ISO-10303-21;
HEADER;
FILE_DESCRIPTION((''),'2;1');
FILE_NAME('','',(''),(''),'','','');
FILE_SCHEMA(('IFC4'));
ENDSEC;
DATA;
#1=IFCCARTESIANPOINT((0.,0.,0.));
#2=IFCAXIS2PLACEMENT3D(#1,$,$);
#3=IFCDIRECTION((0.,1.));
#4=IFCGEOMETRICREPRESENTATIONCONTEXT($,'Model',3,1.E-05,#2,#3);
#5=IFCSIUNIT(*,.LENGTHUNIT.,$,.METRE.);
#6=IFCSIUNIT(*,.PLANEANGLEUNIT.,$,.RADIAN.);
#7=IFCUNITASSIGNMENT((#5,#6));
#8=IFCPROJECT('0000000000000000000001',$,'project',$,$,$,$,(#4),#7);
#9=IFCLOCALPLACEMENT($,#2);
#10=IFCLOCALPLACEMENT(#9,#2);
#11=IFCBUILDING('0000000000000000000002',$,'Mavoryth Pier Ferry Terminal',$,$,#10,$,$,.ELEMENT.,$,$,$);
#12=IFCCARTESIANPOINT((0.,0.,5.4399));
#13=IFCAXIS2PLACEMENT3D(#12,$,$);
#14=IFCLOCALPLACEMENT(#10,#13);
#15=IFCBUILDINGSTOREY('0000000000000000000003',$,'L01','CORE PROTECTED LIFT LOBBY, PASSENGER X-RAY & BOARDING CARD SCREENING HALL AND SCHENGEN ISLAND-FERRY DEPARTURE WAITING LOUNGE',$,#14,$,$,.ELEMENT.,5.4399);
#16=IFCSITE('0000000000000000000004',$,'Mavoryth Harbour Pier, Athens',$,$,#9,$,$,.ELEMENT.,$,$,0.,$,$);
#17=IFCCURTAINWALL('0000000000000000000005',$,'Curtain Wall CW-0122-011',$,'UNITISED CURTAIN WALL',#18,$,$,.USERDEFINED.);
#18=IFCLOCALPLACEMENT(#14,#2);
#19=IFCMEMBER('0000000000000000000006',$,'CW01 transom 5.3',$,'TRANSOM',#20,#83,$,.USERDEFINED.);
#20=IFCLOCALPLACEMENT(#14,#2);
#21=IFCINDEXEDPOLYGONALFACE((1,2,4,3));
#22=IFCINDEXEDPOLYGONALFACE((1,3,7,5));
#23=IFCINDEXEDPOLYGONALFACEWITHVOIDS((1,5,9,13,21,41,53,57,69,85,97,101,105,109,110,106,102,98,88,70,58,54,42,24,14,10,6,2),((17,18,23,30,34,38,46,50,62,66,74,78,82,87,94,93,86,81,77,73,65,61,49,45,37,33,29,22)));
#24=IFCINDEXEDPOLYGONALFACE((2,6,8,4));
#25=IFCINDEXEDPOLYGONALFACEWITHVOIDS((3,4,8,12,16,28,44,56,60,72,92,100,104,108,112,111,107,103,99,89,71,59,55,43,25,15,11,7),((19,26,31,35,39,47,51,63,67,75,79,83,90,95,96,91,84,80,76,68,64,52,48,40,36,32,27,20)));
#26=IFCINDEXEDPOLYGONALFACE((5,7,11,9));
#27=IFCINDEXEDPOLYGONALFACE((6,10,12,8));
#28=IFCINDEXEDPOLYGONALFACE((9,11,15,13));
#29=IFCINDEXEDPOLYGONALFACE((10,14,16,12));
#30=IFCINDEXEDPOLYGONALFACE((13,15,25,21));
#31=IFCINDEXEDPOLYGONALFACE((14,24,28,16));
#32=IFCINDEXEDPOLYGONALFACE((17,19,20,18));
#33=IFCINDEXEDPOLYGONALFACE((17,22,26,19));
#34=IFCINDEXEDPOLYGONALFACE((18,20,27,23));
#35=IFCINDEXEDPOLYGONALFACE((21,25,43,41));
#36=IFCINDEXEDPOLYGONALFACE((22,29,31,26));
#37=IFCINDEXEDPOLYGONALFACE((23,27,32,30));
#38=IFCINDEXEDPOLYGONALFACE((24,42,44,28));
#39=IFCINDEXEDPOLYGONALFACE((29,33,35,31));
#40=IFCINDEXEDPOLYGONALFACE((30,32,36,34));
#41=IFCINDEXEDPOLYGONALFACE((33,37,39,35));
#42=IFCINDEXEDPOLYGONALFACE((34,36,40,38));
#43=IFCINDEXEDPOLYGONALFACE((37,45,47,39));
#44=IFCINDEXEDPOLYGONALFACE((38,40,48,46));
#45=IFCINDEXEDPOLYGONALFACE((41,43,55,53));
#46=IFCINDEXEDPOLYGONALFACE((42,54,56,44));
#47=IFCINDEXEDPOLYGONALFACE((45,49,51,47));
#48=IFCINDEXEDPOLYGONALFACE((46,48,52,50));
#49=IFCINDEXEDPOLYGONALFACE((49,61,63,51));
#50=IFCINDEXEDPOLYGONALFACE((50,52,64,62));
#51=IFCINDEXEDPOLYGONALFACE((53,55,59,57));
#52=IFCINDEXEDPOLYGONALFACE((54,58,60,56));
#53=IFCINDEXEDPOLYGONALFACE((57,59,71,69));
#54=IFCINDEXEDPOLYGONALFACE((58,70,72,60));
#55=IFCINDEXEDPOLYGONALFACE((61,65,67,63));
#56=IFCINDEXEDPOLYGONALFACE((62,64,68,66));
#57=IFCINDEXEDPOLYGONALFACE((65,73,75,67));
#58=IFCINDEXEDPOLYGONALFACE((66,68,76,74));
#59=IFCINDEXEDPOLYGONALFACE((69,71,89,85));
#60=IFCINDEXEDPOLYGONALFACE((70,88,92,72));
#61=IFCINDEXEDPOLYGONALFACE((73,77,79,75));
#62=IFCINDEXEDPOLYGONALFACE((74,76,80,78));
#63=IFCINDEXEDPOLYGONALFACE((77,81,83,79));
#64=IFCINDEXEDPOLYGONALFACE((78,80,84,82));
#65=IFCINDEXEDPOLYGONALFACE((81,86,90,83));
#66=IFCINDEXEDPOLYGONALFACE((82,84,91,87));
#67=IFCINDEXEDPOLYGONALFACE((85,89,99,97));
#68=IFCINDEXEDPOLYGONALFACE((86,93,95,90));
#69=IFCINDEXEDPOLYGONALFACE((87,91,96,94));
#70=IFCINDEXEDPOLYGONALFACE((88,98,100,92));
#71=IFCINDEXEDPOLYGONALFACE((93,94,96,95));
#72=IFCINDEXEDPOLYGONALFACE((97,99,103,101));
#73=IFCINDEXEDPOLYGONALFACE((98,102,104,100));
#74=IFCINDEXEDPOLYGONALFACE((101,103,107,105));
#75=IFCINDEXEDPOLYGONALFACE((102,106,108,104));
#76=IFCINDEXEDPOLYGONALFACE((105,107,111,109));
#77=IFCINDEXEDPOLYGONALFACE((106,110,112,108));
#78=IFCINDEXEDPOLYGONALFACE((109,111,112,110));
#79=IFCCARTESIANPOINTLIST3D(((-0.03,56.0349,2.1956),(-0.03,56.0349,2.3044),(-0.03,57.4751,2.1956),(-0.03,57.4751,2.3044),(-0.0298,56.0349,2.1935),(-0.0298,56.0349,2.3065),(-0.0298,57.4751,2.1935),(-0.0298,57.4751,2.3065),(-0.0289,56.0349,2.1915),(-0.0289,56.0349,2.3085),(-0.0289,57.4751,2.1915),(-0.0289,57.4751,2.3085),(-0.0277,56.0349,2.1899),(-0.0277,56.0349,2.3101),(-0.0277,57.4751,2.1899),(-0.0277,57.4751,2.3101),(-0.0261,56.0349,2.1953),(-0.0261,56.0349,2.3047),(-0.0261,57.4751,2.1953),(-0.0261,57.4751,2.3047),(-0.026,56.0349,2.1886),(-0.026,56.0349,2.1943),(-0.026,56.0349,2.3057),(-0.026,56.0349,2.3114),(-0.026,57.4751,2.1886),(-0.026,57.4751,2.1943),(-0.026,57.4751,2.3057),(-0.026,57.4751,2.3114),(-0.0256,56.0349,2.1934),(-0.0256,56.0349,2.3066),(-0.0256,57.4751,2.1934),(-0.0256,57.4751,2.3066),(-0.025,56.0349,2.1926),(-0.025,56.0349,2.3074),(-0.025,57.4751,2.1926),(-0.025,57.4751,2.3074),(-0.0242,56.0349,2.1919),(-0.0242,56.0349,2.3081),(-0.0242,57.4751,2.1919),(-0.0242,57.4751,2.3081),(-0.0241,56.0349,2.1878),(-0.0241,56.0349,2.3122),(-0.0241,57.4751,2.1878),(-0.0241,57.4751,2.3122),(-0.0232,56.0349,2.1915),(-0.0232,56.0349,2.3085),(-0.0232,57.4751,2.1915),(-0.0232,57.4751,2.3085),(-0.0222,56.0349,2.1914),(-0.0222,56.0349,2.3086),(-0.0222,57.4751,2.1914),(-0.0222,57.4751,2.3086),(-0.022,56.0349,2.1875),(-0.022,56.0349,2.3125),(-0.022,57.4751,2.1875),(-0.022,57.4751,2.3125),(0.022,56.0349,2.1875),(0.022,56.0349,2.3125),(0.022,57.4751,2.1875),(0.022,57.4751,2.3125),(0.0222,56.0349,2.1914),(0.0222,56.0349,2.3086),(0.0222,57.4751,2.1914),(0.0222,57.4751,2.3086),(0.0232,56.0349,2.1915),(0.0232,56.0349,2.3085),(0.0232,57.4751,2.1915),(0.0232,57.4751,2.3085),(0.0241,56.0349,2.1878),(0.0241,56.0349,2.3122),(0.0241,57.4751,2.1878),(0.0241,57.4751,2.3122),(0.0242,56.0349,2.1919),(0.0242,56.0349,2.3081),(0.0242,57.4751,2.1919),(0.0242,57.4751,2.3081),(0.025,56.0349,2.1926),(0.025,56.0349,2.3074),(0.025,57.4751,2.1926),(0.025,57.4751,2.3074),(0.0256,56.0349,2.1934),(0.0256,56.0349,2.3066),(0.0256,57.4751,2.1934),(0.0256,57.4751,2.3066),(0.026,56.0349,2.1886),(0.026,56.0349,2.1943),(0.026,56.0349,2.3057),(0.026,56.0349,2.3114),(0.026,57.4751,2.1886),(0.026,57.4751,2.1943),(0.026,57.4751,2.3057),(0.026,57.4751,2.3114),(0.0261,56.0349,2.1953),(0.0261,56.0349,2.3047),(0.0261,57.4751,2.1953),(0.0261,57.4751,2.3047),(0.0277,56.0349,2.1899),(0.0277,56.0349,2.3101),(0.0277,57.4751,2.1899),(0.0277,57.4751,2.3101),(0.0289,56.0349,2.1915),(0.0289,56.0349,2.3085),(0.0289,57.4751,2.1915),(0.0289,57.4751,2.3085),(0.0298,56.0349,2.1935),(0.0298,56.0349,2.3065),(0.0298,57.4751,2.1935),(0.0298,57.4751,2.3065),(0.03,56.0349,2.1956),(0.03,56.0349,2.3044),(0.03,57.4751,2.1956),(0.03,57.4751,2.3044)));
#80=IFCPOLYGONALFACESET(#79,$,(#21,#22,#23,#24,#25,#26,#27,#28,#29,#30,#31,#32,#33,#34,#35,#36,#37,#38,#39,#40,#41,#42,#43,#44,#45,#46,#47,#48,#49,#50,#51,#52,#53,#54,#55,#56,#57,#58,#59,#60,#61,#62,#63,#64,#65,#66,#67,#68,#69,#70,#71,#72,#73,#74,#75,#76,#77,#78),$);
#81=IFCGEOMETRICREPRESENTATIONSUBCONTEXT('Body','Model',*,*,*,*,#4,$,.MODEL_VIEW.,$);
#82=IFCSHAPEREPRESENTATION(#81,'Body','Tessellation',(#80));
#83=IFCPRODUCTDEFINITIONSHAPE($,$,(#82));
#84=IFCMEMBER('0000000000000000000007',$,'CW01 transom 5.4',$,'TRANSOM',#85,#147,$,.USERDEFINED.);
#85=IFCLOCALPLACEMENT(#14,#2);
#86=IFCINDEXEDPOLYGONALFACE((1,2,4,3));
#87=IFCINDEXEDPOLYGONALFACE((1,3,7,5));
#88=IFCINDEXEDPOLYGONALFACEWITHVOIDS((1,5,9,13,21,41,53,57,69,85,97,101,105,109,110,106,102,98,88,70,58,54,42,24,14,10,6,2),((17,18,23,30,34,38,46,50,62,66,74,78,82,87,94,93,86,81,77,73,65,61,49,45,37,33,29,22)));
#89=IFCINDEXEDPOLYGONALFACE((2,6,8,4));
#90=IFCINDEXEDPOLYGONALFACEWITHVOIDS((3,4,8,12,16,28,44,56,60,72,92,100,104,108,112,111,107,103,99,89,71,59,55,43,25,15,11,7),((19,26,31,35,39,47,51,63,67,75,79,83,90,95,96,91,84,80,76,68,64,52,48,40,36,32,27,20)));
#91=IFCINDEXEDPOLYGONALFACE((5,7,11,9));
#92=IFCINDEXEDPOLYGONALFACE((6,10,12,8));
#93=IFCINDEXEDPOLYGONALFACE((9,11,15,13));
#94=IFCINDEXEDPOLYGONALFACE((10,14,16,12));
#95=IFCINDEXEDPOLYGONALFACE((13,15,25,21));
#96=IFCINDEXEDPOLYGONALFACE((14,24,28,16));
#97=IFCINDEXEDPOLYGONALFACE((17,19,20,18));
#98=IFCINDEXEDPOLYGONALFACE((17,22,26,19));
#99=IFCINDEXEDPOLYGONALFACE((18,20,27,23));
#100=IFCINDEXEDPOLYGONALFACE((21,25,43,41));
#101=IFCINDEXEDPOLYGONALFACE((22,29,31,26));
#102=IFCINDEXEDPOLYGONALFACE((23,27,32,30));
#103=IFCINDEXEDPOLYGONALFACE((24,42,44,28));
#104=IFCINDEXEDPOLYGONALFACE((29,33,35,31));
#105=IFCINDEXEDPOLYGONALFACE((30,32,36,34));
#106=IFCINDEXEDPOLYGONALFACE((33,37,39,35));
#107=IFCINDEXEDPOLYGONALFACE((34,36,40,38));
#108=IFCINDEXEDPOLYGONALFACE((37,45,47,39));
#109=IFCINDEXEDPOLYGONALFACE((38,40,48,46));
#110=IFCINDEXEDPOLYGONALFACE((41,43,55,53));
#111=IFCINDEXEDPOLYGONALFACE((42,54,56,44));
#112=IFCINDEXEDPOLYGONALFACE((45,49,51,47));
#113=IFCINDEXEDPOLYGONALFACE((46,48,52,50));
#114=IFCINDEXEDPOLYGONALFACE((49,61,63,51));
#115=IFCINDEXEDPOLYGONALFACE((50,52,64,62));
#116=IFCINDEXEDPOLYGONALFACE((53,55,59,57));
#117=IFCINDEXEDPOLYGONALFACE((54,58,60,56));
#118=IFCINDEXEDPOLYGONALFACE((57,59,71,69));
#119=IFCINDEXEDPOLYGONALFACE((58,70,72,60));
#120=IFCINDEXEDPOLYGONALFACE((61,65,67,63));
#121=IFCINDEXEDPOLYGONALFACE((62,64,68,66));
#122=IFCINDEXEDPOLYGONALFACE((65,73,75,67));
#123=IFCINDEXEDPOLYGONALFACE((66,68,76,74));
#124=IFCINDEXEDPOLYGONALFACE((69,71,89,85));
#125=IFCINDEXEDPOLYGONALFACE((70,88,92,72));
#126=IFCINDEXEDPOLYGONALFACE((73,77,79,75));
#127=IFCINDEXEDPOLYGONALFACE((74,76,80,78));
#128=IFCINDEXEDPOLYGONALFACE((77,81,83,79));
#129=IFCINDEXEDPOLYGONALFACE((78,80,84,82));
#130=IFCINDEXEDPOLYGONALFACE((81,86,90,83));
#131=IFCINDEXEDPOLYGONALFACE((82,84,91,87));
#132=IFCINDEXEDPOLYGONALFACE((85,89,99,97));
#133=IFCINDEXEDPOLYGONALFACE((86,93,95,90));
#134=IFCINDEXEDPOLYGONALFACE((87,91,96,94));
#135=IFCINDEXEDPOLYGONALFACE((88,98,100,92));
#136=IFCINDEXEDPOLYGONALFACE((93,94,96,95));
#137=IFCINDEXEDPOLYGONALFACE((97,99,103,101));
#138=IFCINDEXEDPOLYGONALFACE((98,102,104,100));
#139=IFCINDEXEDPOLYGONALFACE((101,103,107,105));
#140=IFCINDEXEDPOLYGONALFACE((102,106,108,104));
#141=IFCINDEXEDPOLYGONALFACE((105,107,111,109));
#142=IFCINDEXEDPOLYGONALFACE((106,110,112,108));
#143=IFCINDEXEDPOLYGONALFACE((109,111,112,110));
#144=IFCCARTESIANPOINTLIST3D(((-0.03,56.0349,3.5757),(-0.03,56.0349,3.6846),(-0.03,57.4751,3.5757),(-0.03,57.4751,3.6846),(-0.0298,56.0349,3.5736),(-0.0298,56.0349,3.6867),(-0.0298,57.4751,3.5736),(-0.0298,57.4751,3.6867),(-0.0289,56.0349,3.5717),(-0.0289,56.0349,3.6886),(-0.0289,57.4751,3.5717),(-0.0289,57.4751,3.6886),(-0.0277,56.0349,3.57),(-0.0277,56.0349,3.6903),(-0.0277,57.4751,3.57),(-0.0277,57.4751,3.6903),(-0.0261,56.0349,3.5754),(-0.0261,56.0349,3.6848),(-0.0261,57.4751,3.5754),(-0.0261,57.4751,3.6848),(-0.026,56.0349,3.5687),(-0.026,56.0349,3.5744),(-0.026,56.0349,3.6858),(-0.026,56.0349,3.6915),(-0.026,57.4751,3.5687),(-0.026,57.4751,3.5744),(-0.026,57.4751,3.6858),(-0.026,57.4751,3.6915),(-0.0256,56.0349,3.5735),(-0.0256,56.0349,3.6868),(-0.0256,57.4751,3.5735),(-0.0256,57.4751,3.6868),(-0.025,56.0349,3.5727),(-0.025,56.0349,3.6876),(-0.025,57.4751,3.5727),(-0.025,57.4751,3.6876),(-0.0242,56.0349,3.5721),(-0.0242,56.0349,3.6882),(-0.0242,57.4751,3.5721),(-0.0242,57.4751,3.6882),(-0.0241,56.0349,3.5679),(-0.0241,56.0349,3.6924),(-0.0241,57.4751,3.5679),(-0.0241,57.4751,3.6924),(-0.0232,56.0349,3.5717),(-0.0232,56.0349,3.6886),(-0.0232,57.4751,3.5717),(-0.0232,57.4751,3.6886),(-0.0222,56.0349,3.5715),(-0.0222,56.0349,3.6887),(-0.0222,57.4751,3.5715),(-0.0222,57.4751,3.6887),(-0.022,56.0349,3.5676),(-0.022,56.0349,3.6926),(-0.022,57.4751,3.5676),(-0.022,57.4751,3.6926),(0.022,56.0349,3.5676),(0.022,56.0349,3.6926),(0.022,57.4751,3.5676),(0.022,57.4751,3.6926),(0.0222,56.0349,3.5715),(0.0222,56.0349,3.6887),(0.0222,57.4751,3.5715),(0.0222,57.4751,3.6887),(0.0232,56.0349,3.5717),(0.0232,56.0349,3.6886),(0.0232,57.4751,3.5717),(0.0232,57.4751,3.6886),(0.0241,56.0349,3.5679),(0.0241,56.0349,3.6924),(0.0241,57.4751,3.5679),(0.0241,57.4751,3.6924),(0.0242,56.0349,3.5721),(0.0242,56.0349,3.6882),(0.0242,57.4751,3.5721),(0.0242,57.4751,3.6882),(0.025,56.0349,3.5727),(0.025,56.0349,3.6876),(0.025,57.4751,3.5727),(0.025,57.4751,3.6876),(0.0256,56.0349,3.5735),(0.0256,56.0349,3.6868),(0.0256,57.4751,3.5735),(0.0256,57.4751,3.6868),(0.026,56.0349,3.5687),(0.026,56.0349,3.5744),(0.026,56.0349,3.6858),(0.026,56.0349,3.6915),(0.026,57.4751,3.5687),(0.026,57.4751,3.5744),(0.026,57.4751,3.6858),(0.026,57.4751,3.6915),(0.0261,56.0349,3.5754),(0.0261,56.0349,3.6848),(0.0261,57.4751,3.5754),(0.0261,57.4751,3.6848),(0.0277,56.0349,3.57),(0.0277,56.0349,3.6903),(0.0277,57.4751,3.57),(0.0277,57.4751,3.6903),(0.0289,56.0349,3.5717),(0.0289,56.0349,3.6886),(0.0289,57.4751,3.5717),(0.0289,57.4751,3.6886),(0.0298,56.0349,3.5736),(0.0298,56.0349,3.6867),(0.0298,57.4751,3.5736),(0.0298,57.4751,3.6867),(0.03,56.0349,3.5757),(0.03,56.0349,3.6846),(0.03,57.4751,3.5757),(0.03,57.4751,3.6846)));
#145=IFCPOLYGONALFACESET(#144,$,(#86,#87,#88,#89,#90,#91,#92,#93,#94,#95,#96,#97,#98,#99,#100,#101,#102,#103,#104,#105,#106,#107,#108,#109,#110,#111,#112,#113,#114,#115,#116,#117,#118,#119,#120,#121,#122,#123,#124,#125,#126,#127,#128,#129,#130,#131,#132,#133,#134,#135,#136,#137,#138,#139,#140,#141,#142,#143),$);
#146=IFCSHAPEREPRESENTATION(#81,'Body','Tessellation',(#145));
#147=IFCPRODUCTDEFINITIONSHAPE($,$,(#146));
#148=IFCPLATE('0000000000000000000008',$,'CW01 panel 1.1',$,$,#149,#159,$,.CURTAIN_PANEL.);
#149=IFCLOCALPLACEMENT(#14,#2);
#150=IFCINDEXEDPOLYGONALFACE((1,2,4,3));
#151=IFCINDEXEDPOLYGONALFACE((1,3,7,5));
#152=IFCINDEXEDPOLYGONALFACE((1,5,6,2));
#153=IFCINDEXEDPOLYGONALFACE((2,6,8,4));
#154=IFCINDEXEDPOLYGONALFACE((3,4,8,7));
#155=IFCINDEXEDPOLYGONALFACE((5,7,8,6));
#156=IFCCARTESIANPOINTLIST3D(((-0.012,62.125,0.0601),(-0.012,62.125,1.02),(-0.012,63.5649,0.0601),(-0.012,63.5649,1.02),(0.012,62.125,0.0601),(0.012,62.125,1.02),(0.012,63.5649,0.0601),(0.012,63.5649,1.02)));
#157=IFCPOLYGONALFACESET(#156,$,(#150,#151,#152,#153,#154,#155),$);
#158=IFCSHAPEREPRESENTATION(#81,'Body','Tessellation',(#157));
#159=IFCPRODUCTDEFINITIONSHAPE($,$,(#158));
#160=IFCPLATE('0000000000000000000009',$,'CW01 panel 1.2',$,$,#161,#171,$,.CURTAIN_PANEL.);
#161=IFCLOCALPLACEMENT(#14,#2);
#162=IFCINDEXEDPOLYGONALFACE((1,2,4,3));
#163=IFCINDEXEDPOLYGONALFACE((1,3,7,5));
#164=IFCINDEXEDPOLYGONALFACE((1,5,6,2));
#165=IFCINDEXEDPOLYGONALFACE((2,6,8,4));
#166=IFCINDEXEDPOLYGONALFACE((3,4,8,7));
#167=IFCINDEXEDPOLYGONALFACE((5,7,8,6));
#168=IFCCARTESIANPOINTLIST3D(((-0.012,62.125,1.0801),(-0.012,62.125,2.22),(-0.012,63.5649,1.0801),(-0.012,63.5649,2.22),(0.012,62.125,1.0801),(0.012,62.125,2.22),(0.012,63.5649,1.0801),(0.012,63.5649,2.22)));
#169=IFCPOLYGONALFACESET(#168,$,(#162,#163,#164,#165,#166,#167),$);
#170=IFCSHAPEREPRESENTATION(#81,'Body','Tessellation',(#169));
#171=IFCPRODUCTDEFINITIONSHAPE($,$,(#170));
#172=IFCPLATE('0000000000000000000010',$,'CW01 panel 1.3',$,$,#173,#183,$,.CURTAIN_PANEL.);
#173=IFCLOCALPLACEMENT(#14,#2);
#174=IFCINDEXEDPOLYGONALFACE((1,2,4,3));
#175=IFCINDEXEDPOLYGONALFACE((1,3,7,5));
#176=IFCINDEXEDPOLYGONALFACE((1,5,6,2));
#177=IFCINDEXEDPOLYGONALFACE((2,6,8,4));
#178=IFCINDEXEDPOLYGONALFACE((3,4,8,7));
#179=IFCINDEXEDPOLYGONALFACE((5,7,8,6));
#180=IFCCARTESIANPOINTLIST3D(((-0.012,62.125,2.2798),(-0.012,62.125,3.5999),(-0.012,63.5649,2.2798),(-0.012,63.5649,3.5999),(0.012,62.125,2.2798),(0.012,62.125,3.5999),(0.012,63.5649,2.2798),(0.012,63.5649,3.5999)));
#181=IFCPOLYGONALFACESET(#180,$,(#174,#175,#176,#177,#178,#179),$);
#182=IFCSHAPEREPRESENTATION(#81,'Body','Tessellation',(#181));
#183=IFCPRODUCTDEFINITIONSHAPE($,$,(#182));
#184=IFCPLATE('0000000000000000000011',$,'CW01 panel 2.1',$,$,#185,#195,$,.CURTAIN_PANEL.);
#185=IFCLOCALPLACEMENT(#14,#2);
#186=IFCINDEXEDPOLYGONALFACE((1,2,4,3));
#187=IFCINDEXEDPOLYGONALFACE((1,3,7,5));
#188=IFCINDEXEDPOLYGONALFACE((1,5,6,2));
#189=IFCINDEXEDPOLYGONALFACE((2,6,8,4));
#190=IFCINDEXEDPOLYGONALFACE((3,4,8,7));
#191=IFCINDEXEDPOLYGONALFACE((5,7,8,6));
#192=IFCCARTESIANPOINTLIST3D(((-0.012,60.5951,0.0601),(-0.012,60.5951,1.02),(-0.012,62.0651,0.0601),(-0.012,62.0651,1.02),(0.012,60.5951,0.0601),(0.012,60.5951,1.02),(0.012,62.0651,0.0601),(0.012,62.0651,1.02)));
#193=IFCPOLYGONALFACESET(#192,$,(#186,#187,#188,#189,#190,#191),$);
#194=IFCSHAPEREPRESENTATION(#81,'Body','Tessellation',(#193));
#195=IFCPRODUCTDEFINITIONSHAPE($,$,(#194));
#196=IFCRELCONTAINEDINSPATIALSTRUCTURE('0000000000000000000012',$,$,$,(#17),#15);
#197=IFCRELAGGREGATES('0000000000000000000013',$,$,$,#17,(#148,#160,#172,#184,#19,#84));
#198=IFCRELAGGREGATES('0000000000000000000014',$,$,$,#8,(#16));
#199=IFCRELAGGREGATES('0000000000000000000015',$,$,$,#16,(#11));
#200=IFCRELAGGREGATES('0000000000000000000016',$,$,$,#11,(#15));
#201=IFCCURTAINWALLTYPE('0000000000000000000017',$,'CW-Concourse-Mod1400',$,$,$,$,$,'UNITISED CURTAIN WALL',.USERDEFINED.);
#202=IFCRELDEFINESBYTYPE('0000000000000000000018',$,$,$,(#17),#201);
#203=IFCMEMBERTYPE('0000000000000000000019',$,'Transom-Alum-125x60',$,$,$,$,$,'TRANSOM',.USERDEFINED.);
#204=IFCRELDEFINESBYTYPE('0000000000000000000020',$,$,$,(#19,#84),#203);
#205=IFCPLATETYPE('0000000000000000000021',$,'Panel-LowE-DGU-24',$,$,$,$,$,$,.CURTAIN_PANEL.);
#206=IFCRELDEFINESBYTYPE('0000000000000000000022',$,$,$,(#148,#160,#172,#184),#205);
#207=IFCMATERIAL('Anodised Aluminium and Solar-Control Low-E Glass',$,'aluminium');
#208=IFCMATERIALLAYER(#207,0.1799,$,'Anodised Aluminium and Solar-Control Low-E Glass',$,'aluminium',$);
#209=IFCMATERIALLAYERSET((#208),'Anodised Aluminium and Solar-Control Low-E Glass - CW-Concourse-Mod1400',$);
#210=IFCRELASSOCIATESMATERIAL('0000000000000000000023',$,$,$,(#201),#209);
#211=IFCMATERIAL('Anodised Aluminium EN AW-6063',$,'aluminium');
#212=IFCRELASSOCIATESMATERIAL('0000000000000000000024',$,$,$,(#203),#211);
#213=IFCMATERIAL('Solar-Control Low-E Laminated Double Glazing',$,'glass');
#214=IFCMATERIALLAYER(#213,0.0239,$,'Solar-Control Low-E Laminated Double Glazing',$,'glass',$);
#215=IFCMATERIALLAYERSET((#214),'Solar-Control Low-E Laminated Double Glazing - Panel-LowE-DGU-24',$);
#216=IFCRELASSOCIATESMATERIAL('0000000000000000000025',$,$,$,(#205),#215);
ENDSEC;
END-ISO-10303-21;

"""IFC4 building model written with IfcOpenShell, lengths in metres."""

from ifc_helpers import new_model, si_unit, direction, frame, origin, origin_2d, place, context, subcontext, project, spatial, rectangle, hollow_rectangle, extrude, material, layer, layer_set, material_profile, profile_set, type_object, element, aggregate, save


model = new_model("IFC4")

# Units and contexts
model_context = context("Model", 3, precision=1e-05, world=origin(), true_north=direction((0.0, 1.0)))
body_context = subcontext(model_context, "Body", "Model", "MODEL_VIEW")
ifc_project = project(units=[si_unit("LENGTHUNIT", "METRE"), si_unit("PLANEANGLEUNIT", "RADIAN")], contexts=[model_context])

# Site, building, storey
site_placement = place(None, origin())
site = spatial("IfcSite", under=ifc_project, at=site_placement, Name="Mavoryth Harbour Pier, Athens", CompositionType="ELEMENT", RefElevation=0.0)
building_placement = place(site_placement, origin())
building = spatial("IfcBuilding", under=site, at=building_placement, Name="Mavoryth Pier Ferry Terminal", CompositionType="ELEMENT")
storey_placement = place(building_placement, frame((0.0, 0.0, 5.4399)))
storey = spatial("IfcBuildingStorey", under=building, at=storey_placement, Name="L01", Description="CORE PROTECTED LIFT LOBBY, PASSENGER X-RAY & BOARDING CARD SCREENING HALL AND SCHENGEN ISLAND-FERRY DEPARTURE WAITING LOUNGE", CompositionType="ELEMENT", Elevation=5.4399)

# Curtain wall, members, plates
ifc_material_1 = material(Name="Anodised Aluminium and Solar-Control Low-E Glass", Category="aluminium")
ifc_layer_1 = layer(ifc_material_1, 0.1799, Name="Anodised Aluminium and Solar-Control Low-E Glass", Category="aluminium")
ifc_layer_set_1 = layer_set([ifc_layer_1], Name="Anodised Aluminium and Solar-Control Low-E Glass - CW-Concourse-Mod1400")
curtain_wall_type = type_object("IfcCurtainWallType", Name="CW-Concourse-Mod1400", ElementType="UNITISED CURTAIN WALL", PredefinedType="USERDEFINED", material=ifc_layer_set_1)
curtain_wall_placement = place(storey_placement, origin())
curtain_wall = element("IfcCurtainWall", 1, at=curtain_wall_placement, inside=storey, type_object=curtain_wall_type, Name="Curtain Wall CW-0122-011", ObjectType="UNITISED CURTAIN WALL", PredefinedType="USERDEFINED")
ifc_material_2 = material(Name="Anodised Aluminium EN AW-6063", Category="aluminium")
ifc_material_profile_1 = material_profile(ifc_material_2, hollow_rectangle(XDim=0.0601, YDim=0.125, WallThickness=0.0039, InnerFilletRadius=0.0039, OuterFilletRadius=0.0081, at=origin_2d()), Name="AL-TRAN 125x60x4", Category="aluminium")
ifc_profile_set_1 = profile_set([ifc_material_profile_1], Name="Anodised Aluminium EN AW-6063 - AL-TRAN 125x60x4")
member_type_1 = type_object("IfcMemberType", Name="Transom-Alum-125x60", ElementType="TRANSOM", PredefinedType="USERDEFINED", material=ifc_profile_set_1)
member_1_placement = place(storey_placement, frame((0.0, 57.4751, 2.25), z_axis=(0.0, -1.0, 0.0), x_axis=(1.0, 0.0, 0.0)))
member_1 = element("IfcMember", 2, at=member_1_placement, type_object=member_type_1, Name="CW01 transom 5.3", ObjectType="TRANSOM", PredefinedType="USERDEFINED", context=body_context, shape_type="SweptSolid", body=[
    extrude(hollow_rectangle(XDim=0.0601, YDim=0.125, WallThickness=0.0039, InnerFilletRadius=0.0039, OuterFilletRadius=0.0081, at=origin_2d()), origin(), (0.0, 0.0, 1.0), 1.4402),
])
member_2_placement = place(storey_placement, frame((0.0, 57.4751, 3.6301), z_axis=(0.0, -1.0, 0.0), x_axis=(1.0, 0.0, 0.0)))
member_2 = element("IfcMember", 3, at=member_2_placement, type_object=member_type_1, Name="CW01 transom 5.4", ObjectType="TRANSOM", PredefinedType="USERDEFINED", context=body_context, shape_type="SweptSolid", body=[
    extrude(hollow_rectangle(XDim=0.0601, YDim=0.125, WallThickness=0.0039, InnerFilletRadius=0.0039, OuterFilletRadius=0.0081, at=origin_2d()), origin(), (0.0, 0.0, 1.0), 1.4402),
])
ifc_material_3 = material(Name="Solar-Control Low-E Laminated Double Glazing", Category="glass")
ifc_layer_2 = layer(ifc_material_3, 0.0239, Name="Solar-Control Low-E Laminated Double Glazing", Category="glass")
ifc_layer_set_2 = layer_set([ifc_layer_2], Name="Solar-Control Low-E Laminated Double Glazing - Panel-LowE-DGU-24")
plate_type = type_object("IfcPlateType", Name="Panel-LowE-DGU-24", PredefinedType="CURTAIN_PANEL", material=ifc_layer_set_2)
plate_1_placement = place(storey_placement, frame((0.0, 62.845, 0.0601), z_axis=(0.0, 0.0, 1.0), x_axis=(0.0, -1.0, 0.0)))
plate_1 = element("IfcPlate", 4, at=plate_1_placement, type_object=plate_type, Name="CW01 panel 1.1", PredefinedType="CURTAIN_PANEL", context=body_context, shape_type="SweptSolid", body=[
    extrude(rectangle(XDim=1.4399, YDim=0.0239, at=origin_2d()), origin(), (0.0, 0.0, 1.0), 0.96),
])
plate_2_placement = place(storey_placement, frame((0.0, 62.845, 1.0801), z_axis=(0.0, 0.0, 1.0), x_axis=(0.0, -1.0, 0.0)))
plate_2 = element("IfcPlate", 5, at=plate_2_placement, type_object=plate_type, Name="CW01 panel 1.2", PredefinedType="CURTAIN_PANEL", context=body_context, shape_type="SweptSolid", body=[
    extrude(rectangle(XDim=1.4399, YDim=0.0239, at=origin_2d()), origin(), (0.0, 0.0, 1.0), 1.1399),
])
plate_3_placement = place(storey_placement, frame((0.0, 62.845, 2.2798), z_axis=(0.0, 0.0, 1.0), x_axis=(0.0, -1.0, 0.0)))
plate_3 = element("IfcPlate", 6, at=plate_3_placement, type_object=plate_type, Name="CW01 panel 1.3", PredefinedType="CURTAIN_PANEL", context=body_context, shape_type="SweptSolid", body=[
    extrude(rectangle(XDim=1.4399, YDim=0.0239, at=origin_2d()), origin(), (0.0, 0.0, 1.0), 1.3201),
])
plate_4_placement = place(storey_placement, frame((0.0, 61.3301, 0.0601), z_axis=(0.0, 0.0, 1.0), x_axis=(0.0, -1.0, 0.0)))
plate_4 = element("IfcPlate", 7, at=plate_4_placement, type_object=plate_type, Name="CW01 panel 2.1", PredefinedType="CURTAIN_PANEL", context=body_context, shape_type="SweptSolid", body=[
    extrude(rectangle(XDim=1.47, YDim=0.0239, at=origin_2d()), origin(), (0.0, 0.0, 1.0), 0.96),
])
aggregate(curtain_wall, [plate_1, plate_2, plate_3, plate_4, member_1, member_2])

save(model, "model.ifc")
